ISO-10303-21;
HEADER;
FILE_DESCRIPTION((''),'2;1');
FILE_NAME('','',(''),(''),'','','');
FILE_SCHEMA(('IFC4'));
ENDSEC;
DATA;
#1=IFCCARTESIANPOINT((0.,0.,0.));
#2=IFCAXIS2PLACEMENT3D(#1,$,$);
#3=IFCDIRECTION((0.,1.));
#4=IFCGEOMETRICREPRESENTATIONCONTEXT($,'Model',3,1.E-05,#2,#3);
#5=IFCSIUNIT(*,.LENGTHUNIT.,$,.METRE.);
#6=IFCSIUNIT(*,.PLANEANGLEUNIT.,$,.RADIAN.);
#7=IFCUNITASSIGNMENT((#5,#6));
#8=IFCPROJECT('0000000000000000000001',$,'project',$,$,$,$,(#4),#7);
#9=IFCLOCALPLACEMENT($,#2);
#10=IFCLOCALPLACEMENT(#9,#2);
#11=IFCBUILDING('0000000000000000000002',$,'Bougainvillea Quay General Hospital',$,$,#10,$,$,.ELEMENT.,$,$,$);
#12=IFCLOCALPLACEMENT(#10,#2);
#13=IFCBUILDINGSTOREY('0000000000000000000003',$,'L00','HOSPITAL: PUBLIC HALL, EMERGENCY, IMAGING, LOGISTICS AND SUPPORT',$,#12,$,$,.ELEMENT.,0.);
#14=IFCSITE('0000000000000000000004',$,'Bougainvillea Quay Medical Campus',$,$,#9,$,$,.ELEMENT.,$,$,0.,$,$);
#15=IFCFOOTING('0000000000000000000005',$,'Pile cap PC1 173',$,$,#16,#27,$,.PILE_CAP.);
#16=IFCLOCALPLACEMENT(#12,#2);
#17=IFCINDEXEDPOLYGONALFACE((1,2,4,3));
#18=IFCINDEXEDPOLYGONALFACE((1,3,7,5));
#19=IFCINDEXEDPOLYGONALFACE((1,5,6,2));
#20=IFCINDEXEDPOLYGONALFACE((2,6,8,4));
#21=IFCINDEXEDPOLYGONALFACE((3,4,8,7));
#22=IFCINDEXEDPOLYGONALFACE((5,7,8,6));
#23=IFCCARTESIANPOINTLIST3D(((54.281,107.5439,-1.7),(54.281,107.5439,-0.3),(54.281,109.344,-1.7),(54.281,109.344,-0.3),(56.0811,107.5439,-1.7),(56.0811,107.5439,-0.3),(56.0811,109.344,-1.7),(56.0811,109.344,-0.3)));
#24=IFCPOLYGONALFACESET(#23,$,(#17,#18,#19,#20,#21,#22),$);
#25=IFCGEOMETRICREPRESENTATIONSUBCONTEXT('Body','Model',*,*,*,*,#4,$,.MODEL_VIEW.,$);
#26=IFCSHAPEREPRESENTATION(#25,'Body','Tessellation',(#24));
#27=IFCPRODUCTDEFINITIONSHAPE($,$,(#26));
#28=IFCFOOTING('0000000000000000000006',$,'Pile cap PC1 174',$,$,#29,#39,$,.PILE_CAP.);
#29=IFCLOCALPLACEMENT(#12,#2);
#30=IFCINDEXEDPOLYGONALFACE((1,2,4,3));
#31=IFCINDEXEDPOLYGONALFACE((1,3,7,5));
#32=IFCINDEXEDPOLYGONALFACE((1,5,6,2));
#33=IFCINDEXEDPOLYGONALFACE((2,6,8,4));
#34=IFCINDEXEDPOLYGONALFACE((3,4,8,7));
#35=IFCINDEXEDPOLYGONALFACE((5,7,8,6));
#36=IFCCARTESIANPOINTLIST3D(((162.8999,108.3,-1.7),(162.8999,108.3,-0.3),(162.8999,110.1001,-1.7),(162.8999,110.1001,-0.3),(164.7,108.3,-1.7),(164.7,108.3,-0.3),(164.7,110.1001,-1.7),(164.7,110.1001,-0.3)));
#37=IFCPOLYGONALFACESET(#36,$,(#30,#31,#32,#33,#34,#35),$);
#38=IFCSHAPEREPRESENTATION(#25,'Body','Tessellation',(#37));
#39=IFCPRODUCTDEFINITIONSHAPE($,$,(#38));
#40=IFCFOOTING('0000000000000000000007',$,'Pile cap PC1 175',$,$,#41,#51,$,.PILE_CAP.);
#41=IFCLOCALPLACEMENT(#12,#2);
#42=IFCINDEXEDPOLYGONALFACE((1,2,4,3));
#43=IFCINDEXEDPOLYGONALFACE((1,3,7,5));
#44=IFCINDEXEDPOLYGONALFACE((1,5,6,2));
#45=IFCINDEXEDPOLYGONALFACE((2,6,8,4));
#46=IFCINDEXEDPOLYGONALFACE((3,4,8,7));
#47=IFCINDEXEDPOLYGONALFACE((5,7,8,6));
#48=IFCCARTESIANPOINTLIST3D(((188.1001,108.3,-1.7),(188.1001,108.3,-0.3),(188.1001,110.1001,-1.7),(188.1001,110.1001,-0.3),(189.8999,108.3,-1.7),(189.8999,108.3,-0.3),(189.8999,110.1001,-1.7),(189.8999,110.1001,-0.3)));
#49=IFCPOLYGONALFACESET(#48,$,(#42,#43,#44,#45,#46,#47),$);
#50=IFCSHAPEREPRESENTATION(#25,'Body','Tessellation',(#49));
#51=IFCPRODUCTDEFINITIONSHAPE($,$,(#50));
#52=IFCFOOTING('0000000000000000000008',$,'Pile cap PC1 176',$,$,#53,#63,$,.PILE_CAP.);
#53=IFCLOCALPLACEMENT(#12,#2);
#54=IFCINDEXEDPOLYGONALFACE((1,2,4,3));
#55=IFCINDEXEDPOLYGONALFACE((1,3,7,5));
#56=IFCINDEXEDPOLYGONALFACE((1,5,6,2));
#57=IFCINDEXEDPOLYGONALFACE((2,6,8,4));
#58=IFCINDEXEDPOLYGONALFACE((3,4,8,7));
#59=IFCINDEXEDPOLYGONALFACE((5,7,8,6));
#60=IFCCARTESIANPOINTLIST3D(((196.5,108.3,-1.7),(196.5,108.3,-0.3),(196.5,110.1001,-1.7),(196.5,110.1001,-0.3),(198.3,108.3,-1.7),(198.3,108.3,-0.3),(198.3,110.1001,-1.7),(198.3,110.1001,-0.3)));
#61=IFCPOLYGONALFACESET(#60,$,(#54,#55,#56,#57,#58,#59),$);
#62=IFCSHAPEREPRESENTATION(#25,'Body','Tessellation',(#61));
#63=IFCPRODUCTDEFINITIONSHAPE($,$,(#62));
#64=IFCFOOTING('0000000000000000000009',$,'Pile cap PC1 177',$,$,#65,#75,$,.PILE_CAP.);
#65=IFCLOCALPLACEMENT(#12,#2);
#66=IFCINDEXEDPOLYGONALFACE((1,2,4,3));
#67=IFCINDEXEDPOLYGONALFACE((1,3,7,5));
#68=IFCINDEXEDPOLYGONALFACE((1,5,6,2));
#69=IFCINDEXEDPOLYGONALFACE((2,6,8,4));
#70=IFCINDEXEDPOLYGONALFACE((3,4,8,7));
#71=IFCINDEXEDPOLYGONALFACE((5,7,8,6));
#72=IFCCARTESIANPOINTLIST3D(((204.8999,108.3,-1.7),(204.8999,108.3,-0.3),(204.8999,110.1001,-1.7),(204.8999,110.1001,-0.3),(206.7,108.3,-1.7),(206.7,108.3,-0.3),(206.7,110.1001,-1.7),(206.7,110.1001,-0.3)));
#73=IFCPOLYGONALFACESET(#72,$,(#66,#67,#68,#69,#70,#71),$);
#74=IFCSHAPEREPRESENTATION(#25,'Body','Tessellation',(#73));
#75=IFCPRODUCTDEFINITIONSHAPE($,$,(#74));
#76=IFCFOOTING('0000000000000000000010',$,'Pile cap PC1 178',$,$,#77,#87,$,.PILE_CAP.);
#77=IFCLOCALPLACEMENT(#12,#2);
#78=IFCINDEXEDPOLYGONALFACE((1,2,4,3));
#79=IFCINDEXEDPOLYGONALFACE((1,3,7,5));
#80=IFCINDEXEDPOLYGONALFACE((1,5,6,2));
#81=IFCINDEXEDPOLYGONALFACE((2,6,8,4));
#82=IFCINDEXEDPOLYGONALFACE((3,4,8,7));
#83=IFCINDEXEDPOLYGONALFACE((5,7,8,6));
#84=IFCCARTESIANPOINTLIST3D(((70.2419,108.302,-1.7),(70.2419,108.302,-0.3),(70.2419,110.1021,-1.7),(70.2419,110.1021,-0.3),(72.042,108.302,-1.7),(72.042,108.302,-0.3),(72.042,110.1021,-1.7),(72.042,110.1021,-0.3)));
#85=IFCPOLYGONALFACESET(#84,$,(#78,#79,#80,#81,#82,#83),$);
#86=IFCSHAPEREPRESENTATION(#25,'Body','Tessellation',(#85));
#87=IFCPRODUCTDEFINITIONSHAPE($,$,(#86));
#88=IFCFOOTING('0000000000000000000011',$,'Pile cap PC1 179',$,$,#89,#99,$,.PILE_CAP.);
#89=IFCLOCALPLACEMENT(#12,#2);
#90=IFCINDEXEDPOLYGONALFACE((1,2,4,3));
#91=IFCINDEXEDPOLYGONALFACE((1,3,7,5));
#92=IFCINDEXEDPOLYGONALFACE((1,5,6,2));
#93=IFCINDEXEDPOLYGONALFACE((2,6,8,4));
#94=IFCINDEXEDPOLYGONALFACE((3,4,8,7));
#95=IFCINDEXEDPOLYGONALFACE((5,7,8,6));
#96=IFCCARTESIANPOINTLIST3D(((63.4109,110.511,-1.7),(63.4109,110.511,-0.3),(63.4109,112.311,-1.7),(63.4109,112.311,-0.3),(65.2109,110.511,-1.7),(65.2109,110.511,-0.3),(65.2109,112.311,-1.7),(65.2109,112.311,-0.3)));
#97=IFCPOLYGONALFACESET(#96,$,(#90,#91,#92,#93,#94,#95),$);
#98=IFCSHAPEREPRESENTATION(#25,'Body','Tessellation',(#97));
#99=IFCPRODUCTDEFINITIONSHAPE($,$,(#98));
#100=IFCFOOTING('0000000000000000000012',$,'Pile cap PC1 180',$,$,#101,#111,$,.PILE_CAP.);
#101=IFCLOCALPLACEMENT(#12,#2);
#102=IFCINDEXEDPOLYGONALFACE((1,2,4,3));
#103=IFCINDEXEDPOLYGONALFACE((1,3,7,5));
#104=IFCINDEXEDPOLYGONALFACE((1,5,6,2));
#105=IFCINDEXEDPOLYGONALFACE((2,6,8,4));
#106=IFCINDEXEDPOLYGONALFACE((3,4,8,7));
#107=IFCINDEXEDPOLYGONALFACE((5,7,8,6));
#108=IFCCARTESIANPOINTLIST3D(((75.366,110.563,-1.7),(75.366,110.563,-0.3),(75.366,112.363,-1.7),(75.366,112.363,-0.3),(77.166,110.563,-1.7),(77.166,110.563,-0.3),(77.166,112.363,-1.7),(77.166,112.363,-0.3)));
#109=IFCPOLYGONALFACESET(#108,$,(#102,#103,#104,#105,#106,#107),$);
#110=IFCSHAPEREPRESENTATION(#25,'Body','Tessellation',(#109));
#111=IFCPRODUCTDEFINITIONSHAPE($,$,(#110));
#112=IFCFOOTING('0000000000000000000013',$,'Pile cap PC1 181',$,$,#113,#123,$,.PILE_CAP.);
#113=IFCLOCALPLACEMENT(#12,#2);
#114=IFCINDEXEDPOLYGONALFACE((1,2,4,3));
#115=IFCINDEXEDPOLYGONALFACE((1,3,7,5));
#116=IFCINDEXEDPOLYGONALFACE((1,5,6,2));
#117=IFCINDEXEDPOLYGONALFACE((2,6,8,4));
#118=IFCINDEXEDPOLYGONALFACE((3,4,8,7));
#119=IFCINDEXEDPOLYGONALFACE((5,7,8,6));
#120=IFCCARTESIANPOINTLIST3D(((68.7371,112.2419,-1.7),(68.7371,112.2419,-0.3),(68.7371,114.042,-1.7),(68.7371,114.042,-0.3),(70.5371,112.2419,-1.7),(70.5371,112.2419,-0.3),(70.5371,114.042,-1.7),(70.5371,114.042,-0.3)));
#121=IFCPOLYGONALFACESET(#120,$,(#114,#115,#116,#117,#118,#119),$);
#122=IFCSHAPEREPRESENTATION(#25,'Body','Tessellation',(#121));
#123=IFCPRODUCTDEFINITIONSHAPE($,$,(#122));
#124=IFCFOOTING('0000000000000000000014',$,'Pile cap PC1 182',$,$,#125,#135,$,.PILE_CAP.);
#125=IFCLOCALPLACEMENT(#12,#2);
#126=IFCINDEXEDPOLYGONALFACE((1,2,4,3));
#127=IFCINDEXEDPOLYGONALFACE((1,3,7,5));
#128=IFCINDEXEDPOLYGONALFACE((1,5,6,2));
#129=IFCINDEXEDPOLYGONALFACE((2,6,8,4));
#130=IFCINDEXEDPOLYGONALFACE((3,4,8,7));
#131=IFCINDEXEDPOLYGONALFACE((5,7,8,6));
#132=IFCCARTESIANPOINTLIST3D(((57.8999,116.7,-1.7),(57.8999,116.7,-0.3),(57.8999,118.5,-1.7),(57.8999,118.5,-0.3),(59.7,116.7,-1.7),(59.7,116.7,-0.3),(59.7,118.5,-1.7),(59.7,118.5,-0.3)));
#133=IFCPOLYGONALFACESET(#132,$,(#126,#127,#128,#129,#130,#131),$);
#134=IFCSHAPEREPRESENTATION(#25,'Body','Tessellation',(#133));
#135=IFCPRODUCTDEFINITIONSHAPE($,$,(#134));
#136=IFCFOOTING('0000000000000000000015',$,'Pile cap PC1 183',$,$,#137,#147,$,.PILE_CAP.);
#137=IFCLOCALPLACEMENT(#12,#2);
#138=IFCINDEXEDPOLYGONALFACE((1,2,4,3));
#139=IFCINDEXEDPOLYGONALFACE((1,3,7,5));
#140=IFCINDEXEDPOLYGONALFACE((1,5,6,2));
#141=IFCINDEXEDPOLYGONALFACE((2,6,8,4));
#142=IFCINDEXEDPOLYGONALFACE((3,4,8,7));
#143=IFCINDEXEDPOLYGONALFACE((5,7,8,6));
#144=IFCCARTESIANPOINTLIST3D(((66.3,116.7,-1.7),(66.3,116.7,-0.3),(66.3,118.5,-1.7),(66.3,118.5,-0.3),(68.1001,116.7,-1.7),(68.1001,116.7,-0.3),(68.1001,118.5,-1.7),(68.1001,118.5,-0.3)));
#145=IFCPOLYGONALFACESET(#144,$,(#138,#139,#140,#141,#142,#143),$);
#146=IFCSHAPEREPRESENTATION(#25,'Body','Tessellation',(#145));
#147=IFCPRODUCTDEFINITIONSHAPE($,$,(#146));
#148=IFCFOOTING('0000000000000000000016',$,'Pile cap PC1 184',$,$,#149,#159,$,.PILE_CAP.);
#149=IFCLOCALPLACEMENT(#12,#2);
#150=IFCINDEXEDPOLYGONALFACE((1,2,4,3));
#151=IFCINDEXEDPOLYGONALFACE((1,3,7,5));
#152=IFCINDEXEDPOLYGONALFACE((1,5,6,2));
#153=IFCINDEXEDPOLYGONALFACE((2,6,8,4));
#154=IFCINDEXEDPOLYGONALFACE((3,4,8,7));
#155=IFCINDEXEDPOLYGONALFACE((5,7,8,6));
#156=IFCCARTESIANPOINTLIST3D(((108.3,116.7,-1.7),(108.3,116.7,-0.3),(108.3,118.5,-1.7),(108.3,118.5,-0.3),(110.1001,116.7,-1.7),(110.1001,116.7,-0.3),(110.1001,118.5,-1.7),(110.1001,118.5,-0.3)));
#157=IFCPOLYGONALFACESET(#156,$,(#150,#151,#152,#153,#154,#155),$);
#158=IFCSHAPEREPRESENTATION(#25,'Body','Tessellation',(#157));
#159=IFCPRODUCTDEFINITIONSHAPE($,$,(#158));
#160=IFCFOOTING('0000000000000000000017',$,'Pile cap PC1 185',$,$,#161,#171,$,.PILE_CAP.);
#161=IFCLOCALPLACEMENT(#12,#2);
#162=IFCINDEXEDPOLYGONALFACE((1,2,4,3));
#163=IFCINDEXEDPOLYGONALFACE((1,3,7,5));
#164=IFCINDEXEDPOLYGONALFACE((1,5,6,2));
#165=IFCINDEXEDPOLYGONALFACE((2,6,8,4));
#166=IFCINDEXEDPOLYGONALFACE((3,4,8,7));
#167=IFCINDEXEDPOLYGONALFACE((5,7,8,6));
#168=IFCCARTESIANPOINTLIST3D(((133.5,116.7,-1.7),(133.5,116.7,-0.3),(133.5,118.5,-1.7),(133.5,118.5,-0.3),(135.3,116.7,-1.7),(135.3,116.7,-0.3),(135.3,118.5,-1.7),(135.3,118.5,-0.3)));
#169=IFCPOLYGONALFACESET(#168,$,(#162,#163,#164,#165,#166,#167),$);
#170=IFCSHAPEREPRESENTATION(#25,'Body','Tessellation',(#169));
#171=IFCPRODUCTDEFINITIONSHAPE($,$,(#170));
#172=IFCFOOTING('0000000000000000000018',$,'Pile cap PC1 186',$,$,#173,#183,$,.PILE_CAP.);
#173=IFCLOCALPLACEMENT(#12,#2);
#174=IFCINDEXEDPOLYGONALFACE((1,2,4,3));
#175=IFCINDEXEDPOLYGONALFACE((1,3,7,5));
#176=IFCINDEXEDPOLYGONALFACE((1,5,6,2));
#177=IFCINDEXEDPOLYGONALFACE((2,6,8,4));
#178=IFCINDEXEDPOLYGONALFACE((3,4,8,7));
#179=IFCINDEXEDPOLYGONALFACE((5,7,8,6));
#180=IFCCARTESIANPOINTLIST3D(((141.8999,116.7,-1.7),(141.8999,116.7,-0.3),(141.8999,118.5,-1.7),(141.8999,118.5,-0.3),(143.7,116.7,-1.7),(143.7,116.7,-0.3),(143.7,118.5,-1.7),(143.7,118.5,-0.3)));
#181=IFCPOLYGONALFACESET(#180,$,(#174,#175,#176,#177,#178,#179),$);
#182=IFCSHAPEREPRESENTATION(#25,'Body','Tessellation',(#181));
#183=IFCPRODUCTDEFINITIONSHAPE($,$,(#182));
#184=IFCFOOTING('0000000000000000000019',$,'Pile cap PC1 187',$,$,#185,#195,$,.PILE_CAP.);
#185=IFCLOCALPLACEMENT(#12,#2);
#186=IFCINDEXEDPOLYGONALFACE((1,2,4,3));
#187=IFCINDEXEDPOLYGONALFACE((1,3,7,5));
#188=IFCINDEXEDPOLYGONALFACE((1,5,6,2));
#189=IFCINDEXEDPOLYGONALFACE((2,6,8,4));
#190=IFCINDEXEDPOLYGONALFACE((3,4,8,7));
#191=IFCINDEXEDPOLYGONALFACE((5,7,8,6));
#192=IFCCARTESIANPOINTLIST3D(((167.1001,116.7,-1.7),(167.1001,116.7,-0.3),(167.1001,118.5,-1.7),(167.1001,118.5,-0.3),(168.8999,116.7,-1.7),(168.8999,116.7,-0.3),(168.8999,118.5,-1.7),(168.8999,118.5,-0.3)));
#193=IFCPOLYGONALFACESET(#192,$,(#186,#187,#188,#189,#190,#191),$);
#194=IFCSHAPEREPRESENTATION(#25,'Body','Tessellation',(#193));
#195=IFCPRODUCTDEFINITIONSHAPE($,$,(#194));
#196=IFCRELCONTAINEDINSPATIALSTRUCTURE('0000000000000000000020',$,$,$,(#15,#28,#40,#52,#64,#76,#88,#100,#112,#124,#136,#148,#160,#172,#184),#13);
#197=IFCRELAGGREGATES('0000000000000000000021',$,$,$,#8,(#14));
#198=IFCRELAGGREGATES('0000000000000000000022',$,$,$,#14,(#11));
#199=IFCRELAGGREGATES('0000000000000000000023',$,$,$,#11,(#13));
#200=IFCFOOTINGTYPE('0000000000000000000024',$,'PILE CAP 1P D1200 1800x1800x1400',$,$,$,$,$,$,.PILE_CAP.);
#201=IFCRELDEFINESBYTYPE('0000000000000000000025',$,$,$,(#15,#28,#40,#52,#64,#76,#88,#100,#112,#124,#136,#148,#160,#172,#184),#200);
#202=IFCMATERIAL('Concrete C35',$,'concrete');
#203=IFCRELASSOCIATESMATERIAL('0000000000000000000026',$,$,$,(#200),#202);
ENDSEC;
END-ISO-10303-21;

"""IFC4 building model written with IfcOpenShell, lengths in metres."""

from ifc_helpers import new_model, si_unit, direction, frame, origin, place, context, subcontext, project, spatial, polyline, outline, extrude, material, type_object, element, save


model = new_model("IFC4")

# Units and contexts
model_context = context("Model", 3, precision=1e-05, world=origin(), true_north=direction((0.0, 1.0)))
body_context = subcontext(model_context, "Body", "Model", "MODEL_VIEW")
ifc_project = project(units=[si_unit("LENGTHUNIT", "METRE"), si_unit("PLANEANGLEUNIT", "RADIAN")], contexts=[model_context])

# Site, building, storey
site_placement = place(None, origin())
site = spatial("IfcSite", under=ifc_project, at=site_placement, Name="Bougainvillea Quay Medical Campus", CompositionType="ELEMENT", RefElevation=0.0)
building_placement = place(site_placement, origin())
building = spatial("IfcBuilding", under=site, at=building_placement, Name="Bougainvillea Quay General Hospital", CompositionType="ELEMENT")
storey_placement = place(building_placement, origin())
storey = spatial("IfcBuildingStorey", under=building, at=storey_placement, Name="L00", Description="HOSPITAL: PUBLIC HALL, EMERGENCY, IMAGING, LOGISTICS AND SUPPORT", CompositionType="ELEMENT", Elevation=0.0)

# Footings
ifc_material = material(Name="Concrete C35", Category="concrete")
footing_type_1 = type_object("IfcFootingType", Name="PILE CAP 1P D1200 1800x1800x1400", PredefinedType="PILE_CAP", material=ifc_material)
footing_1_placement = place(storey_placement, frame((0.0, 0.0, -1.7)))
element("IfcFooting", 1, at=footing_1_placement, inside=storey, type_object=footing_type_1, Name="Pile cap PC1 173", PredefinedType="PILE_CAP", context=body_context, shape_type="SweptSolid", body=[
    extrude(outline(polyline([(54.281, 107.5439), (56.0811, 107.5439), (56.0811, 109.344), (54.281, 109.344), (54.281, 107.5439)])), origin(), (0.0, 0.0, 1.0), 1.3999),
])
footing_2_placement = place(storey_placement, frame((0.0, 0.0, -1.7)))
element("IfcFooting", 2, at=footing_2_placement, inside=storey, type_object=footing_type_1, Name="Pile cap PC1 174", PredefinedType="PILE_CAP", context=body_context, shape_type="SweptSolid", body=[
    extrude(outline(polyline([(162.8999, 108.3), (164.7, 108.3), (164.7, 110.1001), (162.8999, 110.1001), (162.8999, 108.3)])), origin(), (0.0, 0.0, 1.0), 1.3999),
])
footing_3_placement = place(storey_placement, frame((0.0, 0.0, -1.7)))
element("IfcFooting", 3, at=footing_3_placement, inside=storey, type_object=footing_type_1, Name="Pile cap PC1 175", PredefinedType="PILE_CAP", context=body_context, shape_type="SweptSolid", body=[
    extrude(outline(polyline([(188.1001, 108.3), (189.8999, 108.3), (189.8999, 110.1001), (188.1001, 110.1001), (188.1001, 108.3)])), origin(), (0.0, 0.0, 1.0), 1.3999),
])
footing_4_placement = place(storey_placement, frame((0.0, 0.0, -1.7)))
element("IfcFooting", 4, at=footing_4_placement, inside=storey, type_object=footing_type_1, Name="Pile cap PC1 176", PredefinedType="PILE_CAP", context=body_context, shape_type="SweptSolid", body=[
    extrude(outline(polyline([(196.5, 108.3), (198.3, 108.3), (198.3, 110.1001), (196.5, 110.1001), (196.5, 108.3)])), origin(), (0.0, 0.0, 1.0), 1.3999),
])
footing_5_placement = place(storey_placement, frame((0.0, 0.0, -1.7)))
element("IfcFooting", 5, at=footing_5_placement, inside=storey, type_object=footing_type_1, Name="Pile cap PC1 177", PredefinedType="PILE_CAP", context=body_context, shape_type="SweptSolid", body=[
    extrude(outline(polyline([(204.8999, 108.3), (206.7, 108.3), (206.7, 110.1001), (204.8999, 110.1001), (204.8999, 108.3)])), origin(), (0.0, 0.0, 1.0), 1.3999),
])
footing_6_placement = place(storey_placement, frame((0.0, 0.0, -1.7)))
element("IfcFooting", 6, at=footing_6_placement, inside=storey, type_object=footing_type_1, Name="Pile cap PC1 178", PredefinedType="PILE_CAP", context=body_context, shape_type="SweptSolid", body=[
    extrude(outline(polyline([(70.2419, 108.302), (72.042, 108.302), (72.042, 110.1021), (70.2419, 110.1021), (70.2419, 108.302)])), origin(), (0.0, 0.0, 1.0), 1.3999),
])
footing_7_placement = place(storey_placement, frame((0.0, 0.0, -1.7)))
element("IfcFooting", 7, at=footing_7_placement, inside=storey, type_object=footing_type_1, Name="Pile cap PC1 179", PredefinedType="PILE_CAP", context=body_context, shape_type="SweptSolid", body=[
    extrude(outline(polyline([(63.4109, 110.511), (65.2109, 110.511), (65.2109, 112.311), (63.4109, 112.311), (63.4109, 110.511)])), origin(), (0.0, 0.0, 1.0), 1.3999),
])
footing_8_placement = place(storey_placement, frame((0.0, 0.0, -1.7)))
element("IfcFooting", 8, at=footing_8_placement, inside=storey, type_object=footing_type_1, Name="Pile cap PC1 180", PredefinedType="PILE_CAP", context=body_context, shape_type="SweptSolid", body=[
    extrude(outline(polyline([(75.366, 110.563), (77.166, 110.563), (77.166, 112.363), (75.366, 112.363), (75.366, 110.563)])), origin(), (0.0, 0.0, 1.0), 1.3999),
])
footing_9_placement = place(storey_placement, frame((0.0, 0.0, -1.7)))
element("IfcFooting", 9, at=footing_9_placement, inside=storey, type_object=footing_type_1, Name="Pile cap PC1 181", PredefinedType="PILE_CAP", context=body_context, shape_type="SweptSolid", body=[
    extrude(outline(polyline([(68.7371, 112.2419), (70.5371, 112.2419), (70.5371, 114.042), (68.7371, 114.042), (68.7371, 112.2419)])), origin(), (0.0, 0.0, 1.0), 1.3999),
])
footing_10_placement = place(storey_placement, frame((0.0, 0.0, -1.7)))
element("IfcFooting", 10, at=footing_10_placement, inside=storey, type_object=footing_type_1, Name="Pile cap PC1 182", PredefinedType="PILE_CAP", context=body_context, shape_type="SweptSolid", body=[
    extrude(outline(polyline([(57.8999, 116.7), (59.7, 116.7), (59.7, 118.5), (57.8999, 118.5), (57.8999, 116.7)])), origin(), (0.0, 0.0, 1.0), 1.3999),
])
footing_11_placement = place(storey_placement, frame((0.0, 0.0, -1.7)))
element("IfcFooting", 11, at=footing_11_placement, inside=storey, type_object=footing_type_1, Name="Pile cap PC1 183", PredefinedType="PILE_CAP", context=body_context, shape_type="SweptSolid", body=[
    extrude(outline(polyline([(66.3, 116.7), (68.1001, 116.7), (68.1001, 118.5), (66.3, 118.5), (66.3, 116.7)])), origin(), (0.0, 0.0, 1.0), 1.3999),
])
footing_12_placement = place(storey_placement, frame((0.0, 0.0, -1.7)))
element("IfcFooting", 12, at=footing_12_placement, inside=storey, type_object=footing_type_1, Name="Pile cap PC1 184", PredefinedType="PILE_CAP", context=body_context, shape_type="SweptSolid", body=[
    extrude(outline(polyline([(108.3, 116.7), (110.1001, 116.7), (110.1001, 118.5), (108.3, 118.5), (108.3, 116.7)])), origin(), (0.0, 0.0, 1.0), 1.3999),
])
footing_13_placement = place(storey_placement, frame((0.0, 0.0, -1.7)))
element("IfcFooting", 13, at=footing_13_placement, inside=storey, type_object=footing_type_1, Name="Pile cap PC1 185", PredefinedType="PILE_CAP", context=body_context, shape_type="SweptSolid", body=[
    extrude(outline(polyline([(133.5, 116.7), (135.3, 116.7), (135.3, 118.5), (133.5, 118.5), (133.5, 116.7)])), origin(), (0.0, 0.0, 1.0), 1.3999),
])
footing_14_placement = place(storey_placement, frame((0.0, 0.0, -1.7)))
element("IfcFooting", 14, at=footing_14_placement, inside=storey, type_object=footing_type_1, Name="Pile cap PC1 186", PredefinedType="PILE_CAP", context=body_context, shape_type="SweptSolid", body=[
    extrude(outline(polyline([(141.8999, 116.7), (143.7, 116.7), (143.7, 118.5), (141.8999, 118.5), (141.8999, 116.7)])), origin(), (0.0, 0.0, 1.0), 1.3999),
])
footing_15_placement = place(storey_placement, frame((0.0, 0.0, -1.7)))
element("IfcFooting", 15, at=footing_15_placement, inside=storey, type_object=footing_type_1, Name="Pile cap PC1 187", PredefinedType="PILE_CAP", context=body_context, shape_type="SweptSolid", body=[
    extrude(outline(polyline([(167.1001, 116.7), (168.8999, 116.7), (168.8999, 118.5), (167.1001, 118.5), (167.1001, 116.7)])), origin(), (0.0, 0.0, 1.0), 1.3999),
])

save(model, "model.ifc")
